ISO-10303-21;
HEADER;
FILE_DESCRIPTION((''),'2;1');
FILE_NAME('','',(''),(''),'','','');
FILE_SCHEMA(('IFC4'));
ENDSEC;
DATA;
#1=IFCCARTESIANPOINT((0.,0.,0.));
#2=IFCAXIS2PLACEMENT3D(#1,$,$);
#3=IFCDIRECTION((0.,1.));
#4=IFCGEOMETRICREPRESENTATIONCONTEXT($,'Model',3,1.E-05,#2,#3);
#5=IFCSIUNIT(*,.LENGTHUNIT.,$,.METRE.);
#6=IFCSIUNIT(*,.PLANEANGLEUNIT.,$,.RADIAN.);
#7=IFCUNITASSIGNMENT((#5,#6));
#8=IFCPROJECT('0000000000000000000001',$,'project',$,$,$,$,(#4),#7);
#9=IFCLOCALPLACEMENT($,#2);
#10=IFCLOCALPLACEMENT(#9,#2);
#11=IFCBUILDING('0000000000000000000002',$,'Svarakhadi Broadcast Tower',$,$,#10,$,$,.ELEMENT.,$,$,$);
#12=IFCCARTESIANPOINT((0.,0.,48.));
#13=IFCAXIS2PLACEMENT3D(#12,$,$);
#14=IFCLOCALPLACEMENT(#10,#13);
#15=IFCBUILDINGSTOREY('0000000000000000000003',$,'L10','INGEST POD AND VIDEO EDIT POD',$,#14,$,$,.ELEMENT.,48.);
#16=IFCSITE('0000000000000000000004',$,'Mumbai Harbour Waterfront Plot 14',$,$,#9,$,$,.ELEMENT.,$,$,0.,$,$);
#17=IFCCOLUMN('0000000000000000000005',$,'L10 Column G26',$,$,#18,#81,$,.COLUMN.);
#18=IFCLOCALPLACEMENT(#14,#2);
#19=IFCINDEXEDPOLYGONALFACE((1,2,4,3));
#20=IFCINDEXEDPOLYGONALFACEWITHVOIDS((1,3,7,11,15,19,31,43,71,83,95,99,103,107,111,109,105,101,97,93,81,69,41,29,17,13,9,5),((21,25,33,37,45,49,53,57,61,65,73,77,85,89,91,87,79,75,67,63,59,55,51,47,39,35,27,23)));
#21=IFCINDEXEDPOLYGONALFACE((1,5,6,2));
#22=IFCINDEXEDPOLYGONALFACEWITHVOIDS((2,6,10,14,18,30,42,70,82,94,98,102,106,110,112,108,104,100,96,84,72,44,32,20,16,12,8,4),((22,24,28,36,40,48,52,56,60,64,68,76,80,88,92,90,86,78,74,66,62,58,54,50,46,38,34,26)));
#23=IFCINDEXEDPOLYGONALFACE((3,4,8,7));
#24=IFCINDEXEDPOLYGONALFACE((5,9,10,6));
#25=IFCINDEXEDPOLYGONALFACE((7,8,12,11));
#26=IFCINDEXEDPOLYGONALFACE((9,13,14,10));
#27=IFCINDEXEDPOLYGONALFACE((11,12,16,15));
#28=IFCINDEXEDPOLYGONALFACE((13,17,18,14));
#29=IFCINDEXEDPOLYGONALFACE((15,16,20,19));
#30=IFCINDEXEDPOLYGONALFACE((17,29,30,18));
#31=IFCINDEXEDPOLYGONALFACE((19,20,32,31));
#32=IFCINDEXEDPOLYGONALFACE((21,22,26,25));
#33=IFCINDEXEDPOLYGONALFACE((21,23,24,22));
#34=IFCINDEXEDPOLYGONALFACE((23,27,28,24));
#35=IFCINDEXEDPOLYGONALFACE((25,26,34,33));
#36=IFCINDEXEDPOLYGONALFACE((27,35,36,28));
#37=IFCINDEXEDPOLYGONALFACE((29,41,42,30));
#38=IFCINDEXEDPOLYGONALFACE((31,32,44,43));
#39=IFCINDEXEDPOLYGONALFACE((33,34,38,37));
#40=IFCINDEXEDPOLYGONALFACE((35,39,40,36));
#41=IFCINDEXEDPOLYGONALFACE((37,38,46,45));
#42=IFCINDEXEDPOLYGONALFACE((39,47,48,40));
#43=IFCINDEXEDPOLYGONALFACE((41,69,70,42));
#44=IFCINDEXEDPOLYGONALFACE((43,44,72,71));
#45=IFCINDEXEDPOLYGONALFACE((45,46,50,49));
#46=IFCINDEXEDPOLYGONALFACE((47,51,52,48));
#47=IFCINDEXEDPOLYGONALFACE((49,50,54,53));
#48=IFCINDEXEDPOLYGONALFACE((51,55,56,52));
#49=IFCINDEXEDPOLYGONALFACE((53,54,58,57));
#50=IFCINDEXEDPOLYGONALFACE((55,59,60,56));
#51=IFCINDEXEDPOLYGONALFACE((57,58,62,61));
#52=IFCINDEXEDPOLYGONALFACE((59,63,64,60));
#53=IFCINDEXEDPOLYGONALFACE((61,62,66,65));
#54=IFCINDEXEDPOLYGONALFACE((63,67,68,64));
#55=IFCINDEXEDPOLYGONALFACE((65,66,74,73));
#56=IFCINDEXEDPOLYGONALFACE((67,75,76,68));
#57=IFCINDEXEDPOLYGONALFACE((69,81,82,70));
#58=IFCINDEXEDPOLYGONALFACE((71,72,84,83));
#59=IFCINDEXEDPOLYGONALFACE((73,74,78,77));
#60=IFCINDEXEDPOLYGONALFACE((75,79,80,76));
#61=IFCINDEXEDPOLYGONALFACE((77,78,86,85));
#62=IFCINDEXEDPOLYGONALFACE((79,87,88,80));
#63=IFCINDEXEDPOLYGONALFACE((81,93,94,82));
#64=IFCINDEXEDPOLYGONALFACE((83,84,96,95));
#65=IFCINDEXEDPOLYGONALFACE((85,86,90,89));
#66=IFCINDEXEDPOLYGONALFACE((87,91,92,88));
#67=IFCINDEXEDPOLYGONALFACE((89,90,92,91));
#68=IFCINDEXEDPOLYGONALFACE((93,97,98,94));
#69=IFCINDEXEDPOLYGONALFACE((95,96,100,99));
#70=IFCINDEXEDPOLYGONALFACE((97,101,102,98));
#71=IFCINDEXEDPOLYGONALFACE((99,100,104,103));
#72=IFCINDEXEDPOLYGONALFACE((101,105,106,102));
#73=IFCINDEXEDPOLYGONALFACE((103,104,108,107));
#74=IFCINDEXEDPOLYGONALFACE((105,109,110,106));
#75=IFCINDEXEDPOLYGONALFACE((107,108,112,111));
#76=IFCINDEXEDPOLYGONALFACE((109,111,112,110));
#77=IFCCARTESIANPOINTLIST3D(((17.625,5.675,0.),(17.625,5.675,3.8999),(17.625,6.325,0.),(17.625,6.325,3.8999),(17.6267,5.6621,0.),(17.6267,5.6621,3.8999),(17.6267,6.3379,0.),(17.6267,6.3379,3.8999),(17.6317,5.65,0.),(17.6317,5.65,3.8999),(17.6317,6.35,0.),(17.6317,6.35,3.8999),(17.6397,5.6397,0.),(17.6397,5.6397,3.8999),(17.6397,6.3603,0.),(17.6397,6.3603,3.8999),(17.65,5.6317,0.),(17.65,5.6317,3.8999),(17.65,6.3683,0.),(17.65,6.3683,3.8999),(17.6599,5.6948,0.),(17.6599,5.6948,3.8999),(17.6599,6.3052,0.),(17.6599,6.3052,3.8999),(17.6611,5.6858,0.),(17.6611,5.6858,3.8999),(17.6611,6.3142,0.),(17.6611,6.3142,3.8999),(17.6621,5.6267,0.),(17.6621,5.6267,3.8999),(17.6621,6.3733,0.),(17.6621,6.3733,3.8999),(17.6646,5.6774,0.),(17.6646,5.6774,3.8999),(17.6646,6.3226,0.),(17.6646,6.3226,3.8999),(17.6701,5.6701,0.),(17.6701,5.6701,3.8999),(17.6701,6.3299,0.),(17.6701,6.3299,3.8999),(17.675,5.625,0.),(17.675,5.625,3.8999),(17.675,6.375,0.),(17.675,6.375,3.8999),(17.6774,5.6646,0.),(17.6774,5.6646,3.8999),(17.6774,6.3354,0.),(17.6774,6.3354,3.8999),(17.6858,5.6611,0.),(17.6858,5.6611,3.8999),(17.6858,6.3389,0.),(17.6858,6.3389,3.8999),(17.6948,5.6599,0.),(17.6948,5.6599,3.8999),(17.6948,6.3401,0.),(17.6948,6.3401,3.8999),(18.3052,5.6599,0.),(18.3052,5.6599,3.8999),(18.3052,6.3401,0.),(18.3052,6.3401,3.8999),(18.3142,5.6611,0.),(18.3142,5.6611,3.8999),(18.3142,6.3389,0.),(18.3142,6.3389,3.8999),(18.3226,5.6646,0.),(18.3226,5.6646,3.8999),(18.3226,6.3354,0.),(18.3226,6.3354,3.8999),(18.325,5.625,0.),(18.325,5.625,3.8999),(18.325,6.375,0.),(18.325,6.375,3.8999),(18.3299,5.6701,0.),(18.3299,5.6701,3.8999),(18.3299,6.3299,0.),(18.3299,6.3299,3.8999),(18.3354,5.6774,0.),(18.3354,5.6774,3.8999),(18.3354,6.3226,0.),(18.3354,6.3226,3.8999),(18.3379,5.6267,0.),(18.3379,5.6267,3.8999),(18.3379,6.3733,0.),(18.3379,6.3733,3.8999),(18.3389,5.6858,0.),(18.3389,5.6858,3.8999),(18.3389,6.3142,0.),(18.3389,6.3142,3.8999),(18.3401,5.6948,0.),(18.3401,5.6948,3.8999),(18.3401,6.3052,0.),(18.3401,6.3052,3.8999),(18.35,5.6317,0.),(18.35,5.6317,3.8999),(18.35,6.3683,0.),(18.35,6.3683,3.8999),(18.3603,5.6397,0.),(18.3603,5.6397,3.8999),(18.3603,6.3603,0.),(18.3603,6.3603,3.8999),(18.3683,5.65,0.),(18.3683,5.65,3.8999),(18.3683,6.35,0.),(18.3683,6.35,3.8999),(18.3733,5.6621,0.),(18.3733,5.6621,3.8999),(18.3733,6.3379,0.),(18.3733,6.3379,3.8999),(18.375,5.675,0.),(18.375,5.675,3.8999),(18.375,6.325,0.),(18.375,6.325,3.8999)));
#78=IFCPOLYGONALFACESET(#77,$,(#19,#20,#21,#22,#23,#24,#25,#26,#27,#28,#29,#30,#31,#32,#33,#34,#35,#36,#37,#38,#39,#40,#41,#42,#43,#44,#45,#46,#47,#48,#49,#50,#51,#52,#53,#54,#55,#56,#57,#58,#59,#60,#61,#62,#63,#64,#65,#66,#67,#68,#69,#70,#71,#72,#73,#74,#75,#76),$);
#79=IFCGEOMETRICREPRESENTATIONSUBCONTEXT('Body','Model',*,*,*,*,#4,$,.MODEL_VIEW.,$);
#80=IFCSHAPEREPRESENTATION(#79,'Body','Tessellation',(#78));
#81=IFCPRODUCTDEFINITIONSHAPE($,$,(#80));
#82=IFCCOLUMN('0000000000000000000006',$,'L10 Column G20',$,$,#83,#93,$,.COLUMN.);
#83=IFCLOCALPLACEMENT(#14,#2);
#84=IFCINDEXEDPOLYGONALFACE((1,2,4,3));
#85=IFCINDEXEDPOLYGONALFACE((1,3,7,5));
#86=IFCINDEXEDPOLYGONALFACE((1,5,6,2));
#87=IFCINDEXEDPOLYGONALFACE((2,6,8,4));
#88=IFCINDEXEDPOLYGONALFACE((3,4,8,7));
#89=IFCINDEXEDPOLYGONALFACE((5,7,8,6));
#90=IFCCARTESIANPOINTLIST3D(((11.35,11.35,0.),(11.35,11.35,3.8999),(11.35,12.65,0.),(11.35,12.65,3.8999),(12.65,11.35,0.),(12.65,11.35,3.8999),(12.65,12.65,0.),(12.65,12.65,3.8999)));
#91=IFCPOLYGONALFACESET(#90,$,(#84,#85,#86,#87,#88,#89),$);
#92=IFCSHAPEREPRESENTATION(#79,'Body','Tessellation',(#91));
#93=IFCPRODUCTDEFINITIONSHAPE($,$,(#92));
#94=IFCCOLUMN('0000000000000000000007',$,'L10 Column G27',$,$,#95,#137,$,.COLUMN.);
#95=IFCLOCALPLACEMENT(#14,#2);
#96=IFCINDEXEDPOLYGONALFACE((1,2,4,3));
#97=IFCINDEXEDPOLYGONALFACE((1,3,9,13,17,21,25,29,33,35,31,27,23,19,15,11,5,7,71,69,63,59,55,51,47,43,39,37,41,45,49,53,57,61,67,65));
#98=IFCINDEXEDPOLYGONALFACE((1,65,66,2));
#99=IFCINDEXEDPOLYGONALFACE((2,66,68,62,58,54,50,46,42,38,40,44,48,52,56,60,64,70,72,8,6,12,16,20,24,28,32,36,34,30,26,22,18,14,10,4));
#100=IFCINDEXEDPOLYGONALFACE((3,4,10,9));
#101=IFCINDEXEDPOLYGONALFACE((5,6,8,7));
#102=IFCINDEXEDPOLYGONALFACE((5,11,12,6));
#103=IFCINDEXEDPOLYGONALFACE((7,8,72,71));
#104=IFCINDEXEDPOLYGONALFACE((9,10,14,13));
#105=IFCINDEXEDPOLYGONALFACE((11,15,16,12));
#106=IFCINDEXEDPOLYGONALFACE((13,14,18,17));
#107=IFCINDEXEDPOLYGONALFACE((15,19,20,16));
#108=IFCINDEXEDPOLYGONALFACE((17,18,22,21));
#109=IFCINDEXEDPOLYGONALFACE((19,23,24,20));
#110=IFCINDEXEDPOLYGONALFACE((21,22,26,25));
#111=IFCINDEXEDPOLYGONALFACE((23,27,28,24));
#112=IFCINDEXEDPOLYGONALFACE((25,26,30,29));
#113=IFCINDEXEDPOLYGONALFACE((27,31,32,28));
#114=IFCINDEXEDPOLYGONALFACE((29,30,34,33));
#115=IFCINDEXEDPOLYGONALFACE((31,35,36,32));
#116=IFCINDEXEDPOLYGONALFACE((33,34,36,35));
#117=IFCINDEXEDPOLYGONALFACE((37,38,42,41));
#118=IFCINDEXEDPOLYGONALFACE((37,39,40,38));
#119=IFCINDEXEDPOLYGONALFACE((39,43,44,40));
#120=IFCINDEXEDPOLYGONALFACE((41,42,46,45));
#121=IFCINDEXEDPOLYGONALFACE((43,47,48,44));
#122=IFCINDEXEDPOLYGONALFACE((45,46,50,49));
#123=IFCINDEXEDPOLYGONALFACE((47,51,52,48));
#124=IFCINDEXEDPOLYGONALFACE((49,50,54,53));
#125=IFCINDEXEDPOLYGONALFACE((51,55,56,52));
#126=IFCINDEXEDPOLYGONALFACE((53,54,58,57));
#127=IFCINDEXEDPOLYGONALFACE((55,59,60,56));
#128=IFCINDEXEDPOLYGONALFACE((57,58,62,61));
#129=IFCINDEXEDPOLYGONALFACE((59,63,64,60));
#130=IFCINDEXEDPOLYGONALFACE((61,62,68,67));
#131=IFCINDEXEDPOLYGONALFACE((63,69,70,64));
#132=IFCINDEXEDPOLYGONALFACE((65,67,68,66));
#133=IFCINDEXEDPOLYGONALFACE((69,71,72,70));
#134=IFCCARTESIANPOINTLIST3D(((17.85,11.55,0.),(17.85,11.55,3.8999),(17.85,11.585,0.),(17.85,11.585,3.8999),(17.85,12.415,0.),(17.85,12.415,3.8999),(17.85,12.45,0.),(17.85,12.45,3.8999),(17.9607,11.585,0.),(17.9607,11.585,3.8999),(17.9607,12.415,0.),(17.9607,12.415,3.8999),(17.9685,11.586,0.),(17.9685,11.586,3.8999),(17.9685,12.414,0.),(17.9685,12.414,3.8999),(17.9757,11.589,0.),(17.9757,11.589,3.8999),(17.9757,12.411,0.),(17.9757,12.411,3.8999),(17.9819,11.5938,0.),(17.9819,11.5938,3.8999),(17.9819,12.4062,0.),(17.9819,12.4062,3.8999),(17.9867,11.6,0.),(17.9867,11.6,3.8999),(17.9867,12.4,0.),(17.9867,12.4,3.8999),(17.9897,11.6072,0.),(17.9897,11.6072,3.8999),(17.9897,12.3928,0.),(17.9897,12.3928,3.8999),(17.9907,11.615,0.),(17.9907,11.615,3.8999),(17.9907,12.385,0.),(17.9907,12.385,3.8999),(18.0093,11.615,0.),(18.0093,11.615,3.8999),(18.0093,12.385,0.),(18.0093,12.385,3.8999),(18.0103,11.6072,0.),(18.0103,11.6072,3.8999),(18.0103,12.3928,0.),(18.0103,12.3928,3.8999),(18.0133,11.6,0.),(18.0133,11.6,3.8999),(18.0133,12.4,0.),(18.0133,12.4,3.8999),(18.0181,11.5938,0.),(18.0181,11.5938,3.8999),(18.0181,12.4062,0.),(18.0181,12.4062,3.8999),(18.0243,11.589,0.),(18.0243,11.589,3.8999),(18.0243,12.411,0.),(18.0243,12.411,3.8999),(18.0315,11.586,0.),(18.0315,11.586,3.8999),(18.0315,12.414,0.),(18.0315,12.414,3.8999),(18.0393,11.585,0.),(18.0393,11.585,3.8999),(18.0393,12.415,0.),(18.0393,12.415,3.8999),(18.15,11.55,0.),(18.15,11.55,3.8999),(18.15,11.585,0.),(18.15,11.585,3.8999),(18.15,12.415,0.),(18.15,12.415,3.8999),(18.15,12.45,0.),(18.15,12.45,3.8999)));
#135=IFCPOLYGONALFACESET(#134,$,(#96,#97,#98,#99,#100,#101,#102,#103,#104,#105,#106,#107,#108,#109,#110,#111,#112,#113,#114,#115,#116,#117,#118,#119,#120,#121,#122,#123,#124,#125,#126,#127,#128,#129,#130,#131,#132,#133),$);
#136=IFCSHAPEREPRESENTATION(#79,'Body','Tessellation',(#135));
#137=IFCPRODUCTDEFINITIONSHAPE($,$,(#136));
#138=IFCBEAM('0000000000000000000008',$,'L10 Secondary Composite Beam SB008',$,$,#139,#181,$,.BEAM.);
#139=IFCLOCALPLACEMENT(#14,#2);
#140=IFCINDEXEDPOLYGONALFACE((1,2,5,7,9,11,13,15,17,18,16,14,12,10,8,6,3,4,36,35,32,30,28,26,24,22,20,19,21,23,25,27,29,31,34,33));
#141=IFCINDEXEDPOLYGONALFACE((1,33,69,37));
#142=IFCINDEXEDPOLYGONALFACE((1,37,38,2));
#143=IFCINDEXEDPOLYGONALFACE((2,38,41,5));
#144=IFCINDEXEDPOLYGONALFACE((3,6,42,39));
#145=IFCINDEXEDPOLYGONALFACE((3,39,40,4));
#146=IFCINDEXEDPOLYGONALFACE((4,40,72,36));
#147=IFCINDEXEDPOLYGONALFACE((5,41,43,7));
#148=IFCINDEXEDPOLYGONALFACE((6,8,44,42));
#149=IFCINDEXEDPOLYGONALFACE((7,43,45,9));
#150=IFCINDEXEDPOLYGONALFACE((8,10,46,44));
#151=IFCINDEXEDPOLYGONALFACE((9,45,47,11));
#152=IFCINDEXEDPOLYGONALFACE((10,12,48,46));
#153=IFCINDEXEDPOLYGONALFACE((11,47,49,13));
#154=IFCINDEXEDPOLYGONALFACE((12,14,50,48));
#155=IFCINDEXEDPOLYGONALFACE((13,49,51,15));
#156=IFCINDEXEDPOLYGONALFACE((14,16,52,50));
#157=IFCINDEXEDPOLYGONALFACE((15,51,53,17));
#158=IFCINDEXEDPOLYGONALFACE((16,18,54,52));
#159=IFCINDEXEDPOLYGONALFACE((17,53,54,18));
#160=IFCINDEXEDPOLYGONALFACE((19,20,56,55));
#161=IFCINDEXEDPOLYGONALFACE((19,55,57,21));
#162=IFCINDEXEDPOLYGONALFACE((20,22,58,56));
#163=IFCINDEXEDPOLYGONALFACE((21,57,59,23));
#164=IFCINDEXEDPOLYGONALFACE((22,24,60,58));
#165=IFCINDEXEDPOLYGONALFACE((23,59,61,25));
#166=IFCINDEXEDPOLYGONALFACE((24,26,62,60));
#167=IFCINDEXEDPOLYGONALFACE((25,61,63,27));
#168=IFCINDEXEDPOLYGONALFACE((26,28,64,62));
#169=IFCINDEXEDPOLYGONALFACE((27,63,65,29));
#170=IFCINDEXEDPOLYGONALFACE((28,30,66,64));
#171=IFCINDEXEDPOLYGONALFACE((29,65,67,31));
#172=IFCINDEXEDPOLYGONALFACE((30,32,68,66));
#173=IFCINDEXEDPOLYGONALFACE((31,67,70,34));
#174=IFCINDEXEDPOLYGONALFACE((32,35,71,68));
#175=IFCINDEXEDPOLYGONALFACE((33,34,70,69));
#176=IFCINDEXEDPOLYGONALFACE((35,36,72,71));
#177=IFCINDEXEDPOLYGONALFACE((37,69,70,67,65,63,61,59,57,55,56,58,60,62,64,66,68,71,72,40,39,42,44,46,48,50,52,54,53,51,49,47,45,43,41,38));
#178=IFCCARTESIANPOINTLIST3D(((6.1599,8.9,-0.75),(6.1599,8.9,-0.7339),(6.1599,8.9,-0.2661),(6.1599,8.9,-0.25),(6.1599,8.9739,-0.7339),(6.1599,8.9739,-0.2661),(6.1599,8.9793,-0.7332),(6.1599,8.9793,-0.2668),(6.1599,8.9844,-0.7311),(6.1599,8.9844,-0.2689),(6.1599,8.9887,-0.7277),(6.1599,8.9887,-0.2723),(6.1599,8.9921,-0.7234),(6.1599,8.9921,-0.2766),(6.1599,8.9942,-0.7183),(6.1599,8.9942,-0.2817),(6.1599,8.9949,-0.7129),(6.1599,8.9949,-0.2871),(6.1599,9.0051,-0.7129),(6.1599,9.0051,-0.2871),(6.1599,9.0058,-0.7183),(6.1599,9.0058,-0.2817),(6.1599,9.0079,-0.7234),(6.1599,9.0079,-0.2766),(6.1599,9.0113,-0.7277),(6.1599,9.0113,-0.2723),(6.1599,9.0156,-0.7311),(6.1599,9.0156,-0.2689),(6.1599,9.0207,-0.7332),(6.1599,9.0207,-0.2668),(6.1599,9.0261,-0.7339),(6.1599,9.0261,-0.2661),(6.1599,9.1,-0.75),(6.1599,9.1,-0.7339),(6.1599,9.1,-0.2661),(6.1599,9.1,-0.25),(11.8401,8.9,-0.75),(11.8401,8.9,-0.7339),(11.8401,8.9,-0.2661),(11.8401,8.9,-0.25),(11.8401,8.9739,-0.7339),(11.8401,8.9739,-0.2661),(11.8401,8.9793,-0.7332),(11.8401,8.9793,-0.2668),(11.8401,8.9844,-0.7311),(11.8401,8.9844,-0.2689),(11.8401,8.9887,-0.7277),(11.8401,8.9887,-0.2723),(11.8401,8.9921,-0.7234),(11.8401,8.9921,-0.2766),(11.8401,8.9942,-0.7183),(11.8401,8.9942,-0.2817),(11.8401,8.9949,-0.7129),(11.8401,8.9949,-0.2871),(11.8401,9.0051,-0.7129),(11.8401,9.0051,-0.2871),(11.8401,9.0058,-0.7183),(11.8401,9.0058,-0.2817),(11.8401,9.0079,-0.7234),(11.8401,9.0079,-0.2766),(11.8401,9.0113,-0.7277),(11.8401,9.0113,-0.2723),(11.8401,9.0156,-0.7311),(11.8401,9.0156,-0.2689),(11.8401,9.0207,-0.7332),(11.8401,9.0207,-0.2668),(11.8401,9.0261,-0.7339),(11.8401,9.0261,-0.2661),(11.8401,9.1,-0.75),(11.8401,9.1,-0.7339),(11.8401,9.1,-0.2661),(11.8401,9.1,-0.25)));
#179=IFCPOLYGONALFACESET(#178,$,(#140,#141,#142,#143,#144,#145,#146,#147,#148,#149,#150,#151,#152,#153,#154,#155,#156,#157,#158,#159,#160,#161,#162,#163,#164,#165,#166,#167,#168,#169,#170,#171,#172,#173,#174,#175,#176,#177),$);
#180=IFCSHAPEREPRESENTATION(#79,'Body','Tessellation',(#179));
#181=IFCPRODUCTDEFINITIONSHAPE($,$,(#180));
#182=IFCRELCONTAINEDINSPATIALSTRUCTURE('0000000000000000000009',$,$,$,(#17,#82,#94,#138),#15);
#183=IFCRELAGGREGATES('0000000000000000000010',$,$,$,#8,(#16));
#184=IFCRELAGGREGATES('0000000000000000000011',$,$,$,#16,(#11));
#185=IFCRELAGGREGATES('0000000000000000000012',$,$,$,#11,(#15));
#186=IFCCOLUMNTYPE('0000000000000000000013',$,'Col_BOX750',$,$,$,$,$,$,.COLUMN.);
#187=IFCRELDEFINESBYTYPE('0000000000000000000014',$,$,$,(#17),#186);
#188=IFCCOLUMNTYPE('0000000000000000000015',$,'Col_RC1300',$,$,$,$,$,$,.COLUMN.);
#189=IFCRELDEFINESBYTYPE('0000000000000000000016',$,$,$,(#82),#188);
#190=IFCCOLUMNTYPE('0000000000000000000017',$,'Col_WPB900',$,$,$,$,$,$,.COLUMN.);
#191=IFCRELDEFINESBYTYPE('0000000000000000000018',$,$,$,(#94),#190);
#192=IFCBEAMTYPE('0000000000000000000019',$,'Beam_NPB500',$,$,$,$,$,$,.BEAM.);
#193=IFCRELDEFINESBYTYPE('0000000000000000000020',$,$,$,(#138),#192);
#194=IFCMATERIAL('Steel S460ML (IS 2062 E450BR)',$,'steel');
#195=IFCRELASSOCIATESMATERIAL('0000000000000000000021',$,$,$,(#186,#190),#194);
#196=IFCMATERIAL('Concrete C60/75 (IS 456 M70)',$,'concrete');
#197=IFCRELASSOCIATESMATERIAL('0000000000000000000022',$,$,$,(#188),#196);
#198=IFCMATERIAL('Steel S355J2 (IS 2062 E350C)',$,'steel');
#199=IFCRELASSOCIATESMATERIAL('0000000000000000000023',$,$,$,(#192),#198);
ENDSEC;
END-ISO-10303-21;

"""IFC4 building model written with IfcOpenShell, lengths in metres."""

from ifc_helpers import new_model, si_unit, direction, frame, origin, origin_2d, place, context, subcontext, project, spatial, rectangle, hollow_rectangle, i_section, extrude, material, material_profile, profile_set, type_object, element, save


model = new_model("IFC4")

# Units and contexts
model_context = context("Model", 3, precision=1e-05, world=origin(), true_north=direction((0.0, 1.0)))
body_context = subcontext(model_context, "Body", "Model", "MODEL_VIEW")
ifc_project = project(units=[si_unit("LENGTHUNIT", "METRE"), si_unit("PLANEANGLEUNIT", "RADIAN")], contexts=[model_context])

# Site, building, storey
site_placement = place(None, origin())
site = spatial("IfcSite", under=ifc_project, at=site_placement, Name="Mumbai Harbour Waterfront Plot 14", CompositionType="ELEMENT", RefElevation=0.0)
building_placement = place(site_placement, origin())
building = spatial("IfcBuilding", under=site, at=building_placement, Name="Svarakhadi Broadcast Tower", CompositionType="ELEMENT")
storey_placement = place(building_placement, frame((0.0, 0.0, 48.0)))
storey = spatial("IfcBuildingStorey", under=building, at=storey_placement, Name="L10", Description="INGEST POD AND VIDEO EDIT POD", CompositionType="ELEMENT", Elevation=48.0)

# Columns
ifc_material_1 = material(Name="Steel S460ML (IS 2062 E450BR)", Category="steel")
ifc_material_profile_1 = material_profile(ifc_material_1, hollow_rectangle(XDim=0.75, YDim=0.75, WallThickness=0.0349, InnerFilletRadius=0.0349, OuterFilletRadius=0.05, at=origin_2d()), Name="BOX 750x750x35")
ifc_profile_set_1 = profile_set([ifc_material_profile_1], Name="Steel S460ML (IS 2062 E450BR)")
column_type_1 = type_object("IfcColumnType", Name="Col_BOX750", PredefinedType="COLUMN", material=ifc_profile_set_1)
column_1_placement = place(storey_placement, frame((18.0, 6.0, 0.0), z_axis=(0.0, 0.0, 1.0), x_axis=(1.0, 0.0, 0.0)))
element("IfcColumn", 1, at=column_1_placement, inside=storey, type_object=column_type_1, Name="L10 Column G26", PredefinedType="COLUMN", context=body_context, shape_type="SweptSolid", body=[
    extrude(hollow_rectangle(XDim=0.75, YDim=0.75, WallThickness=0.0349, InnerFilletRadius=0.0349, OuterFilletRadius=0.05, at=origin_2d()), origin(), (0.0, 0.0, 1.0), 3.8999),
])
ifc_material_2 = material(Name="Concrete C60/75 (IS 456 M70)", Category="concrete")
ifc_material_profile_2 = material_profile(ifc_material_2, rectangle(XDim=1.3, YDim=1.3, at=origin_2d()), Name="RC 1300x1300")
ifc_profile_set_2 = profile_set([ifc_material_profile_2], Name="Concrete C60/75 (IS 456 M70)")
column_type_2 = type_object("IfcColumnType", Name="Col_RC1300", PredefinedType="COLUMN", material=ifc_profile_set_2)
column_2_placement = place(storey_placement, frame((12.0, 12.0, 0.0), z_axis=(0.0, 0.0, 1.0), x_axis=(1.0, 0.0, 0.0)))
element("IfcColumn", 2, at=column_2_placement, inside=storey, type_object=column_type_2, Name="L10 Column G20", PredefinedType="COLUMN", context=body_context, shape_type="SweptSolid", body=[
    extrude(rectangle(XDim=1.3, YDim=1.3, at=origin_2d()), origin(), (0.0, 0.0, 1.0), 3.8999),
])
ifc_material_profile_3 = material_profile(ifc_material_1, i_section(OverallWidth=0.3, OverallDepth=0.8999, WebThickness=0.0186, FlangeThickness=0.0349, FilletRadius=0.03, at=origin_2d()), Name="WPB 900x300x291")
ifc_profile_set_3 = profile_set([ifc_material_profile_3], Name="Steel S460ML (IS 2062 E450BR)")
column_type_3 = type_object("IfcColumnType", Name="Col_WPB900", PredefinedType="COLUMN", material=ifc_profile_set_3)
column_3_placement = place(storey_placement, frame((18.0, 12.0, 0.0), z_axis=(0.0, 0.0, 1.0), x_axis=(1.0, 0.0, 0.0)))
element("IfcColumn", 3, at=column_3_placement, inside=storey, type_object=column_type_3, Name="L10 Column G27", PredefinedType="COLUMN", context=body_context, shape_type="SweptSolid", body=[
    extrude(i_section(OverallWidth=0.3, OverallDepth=0.8999, WebThickness=0.0186, FlangeThickness=0.0349, FilletRadius=0.03, at=origin_2d()), origin(), (0.0, 0.0, 1.0), 3.8999),
])

# Beam
ifc_material_3 = material(Name="Steel S355J2 (IS 2062 E350C)", Category="steel")
ifc_material_profile_4 = material_profile(ifc_material_3, i_section(OverallWidth=0.2, OverallDepth=0.5, WebThickness=0.0103, FlangeThickness=0.0161, FilletRadius=0.021, at=origin_2d()), Name="NPB 500x200x91")
ifc_profile_set_4 = profile_set([ifc_material_profile_4], Name="Steel S355J2 (IS 2062 E350C)")
beam_type_1 = type_object("IfcBeamType", Name="Beam_NPB500", PredefinedType="BEAM", material=ifc_profile_set_4)
for number, where, z_axis, x_axis, name in (
    (4, (6.1599, 9.0, -0.5), (1.0, 0.0, 0.0), (0.0, 1.0, 0.0), "L10 Secondary Composite Beam SB008"),
):
    element("IfcBeam", number, at=place(storey_placement, frame(where, z_axis=z_axis, x_axis=x_axis)), inside=storey, type_object=beam_type_1, Name=name, PredefinedType="BEAM", context=body_context, shape_type="SweptSolid", body=[
        extrude(i_section(OverallWidth=0.2, OverallDepth=0.5, WebThickness=0.0103, FlangeThickness=0.0161, FilletRadius=0.021, at=origin_2d()), origin(), (0.0, 0.0, 1.0), 5.6802),
    ])

save(model, "model.ifc")
